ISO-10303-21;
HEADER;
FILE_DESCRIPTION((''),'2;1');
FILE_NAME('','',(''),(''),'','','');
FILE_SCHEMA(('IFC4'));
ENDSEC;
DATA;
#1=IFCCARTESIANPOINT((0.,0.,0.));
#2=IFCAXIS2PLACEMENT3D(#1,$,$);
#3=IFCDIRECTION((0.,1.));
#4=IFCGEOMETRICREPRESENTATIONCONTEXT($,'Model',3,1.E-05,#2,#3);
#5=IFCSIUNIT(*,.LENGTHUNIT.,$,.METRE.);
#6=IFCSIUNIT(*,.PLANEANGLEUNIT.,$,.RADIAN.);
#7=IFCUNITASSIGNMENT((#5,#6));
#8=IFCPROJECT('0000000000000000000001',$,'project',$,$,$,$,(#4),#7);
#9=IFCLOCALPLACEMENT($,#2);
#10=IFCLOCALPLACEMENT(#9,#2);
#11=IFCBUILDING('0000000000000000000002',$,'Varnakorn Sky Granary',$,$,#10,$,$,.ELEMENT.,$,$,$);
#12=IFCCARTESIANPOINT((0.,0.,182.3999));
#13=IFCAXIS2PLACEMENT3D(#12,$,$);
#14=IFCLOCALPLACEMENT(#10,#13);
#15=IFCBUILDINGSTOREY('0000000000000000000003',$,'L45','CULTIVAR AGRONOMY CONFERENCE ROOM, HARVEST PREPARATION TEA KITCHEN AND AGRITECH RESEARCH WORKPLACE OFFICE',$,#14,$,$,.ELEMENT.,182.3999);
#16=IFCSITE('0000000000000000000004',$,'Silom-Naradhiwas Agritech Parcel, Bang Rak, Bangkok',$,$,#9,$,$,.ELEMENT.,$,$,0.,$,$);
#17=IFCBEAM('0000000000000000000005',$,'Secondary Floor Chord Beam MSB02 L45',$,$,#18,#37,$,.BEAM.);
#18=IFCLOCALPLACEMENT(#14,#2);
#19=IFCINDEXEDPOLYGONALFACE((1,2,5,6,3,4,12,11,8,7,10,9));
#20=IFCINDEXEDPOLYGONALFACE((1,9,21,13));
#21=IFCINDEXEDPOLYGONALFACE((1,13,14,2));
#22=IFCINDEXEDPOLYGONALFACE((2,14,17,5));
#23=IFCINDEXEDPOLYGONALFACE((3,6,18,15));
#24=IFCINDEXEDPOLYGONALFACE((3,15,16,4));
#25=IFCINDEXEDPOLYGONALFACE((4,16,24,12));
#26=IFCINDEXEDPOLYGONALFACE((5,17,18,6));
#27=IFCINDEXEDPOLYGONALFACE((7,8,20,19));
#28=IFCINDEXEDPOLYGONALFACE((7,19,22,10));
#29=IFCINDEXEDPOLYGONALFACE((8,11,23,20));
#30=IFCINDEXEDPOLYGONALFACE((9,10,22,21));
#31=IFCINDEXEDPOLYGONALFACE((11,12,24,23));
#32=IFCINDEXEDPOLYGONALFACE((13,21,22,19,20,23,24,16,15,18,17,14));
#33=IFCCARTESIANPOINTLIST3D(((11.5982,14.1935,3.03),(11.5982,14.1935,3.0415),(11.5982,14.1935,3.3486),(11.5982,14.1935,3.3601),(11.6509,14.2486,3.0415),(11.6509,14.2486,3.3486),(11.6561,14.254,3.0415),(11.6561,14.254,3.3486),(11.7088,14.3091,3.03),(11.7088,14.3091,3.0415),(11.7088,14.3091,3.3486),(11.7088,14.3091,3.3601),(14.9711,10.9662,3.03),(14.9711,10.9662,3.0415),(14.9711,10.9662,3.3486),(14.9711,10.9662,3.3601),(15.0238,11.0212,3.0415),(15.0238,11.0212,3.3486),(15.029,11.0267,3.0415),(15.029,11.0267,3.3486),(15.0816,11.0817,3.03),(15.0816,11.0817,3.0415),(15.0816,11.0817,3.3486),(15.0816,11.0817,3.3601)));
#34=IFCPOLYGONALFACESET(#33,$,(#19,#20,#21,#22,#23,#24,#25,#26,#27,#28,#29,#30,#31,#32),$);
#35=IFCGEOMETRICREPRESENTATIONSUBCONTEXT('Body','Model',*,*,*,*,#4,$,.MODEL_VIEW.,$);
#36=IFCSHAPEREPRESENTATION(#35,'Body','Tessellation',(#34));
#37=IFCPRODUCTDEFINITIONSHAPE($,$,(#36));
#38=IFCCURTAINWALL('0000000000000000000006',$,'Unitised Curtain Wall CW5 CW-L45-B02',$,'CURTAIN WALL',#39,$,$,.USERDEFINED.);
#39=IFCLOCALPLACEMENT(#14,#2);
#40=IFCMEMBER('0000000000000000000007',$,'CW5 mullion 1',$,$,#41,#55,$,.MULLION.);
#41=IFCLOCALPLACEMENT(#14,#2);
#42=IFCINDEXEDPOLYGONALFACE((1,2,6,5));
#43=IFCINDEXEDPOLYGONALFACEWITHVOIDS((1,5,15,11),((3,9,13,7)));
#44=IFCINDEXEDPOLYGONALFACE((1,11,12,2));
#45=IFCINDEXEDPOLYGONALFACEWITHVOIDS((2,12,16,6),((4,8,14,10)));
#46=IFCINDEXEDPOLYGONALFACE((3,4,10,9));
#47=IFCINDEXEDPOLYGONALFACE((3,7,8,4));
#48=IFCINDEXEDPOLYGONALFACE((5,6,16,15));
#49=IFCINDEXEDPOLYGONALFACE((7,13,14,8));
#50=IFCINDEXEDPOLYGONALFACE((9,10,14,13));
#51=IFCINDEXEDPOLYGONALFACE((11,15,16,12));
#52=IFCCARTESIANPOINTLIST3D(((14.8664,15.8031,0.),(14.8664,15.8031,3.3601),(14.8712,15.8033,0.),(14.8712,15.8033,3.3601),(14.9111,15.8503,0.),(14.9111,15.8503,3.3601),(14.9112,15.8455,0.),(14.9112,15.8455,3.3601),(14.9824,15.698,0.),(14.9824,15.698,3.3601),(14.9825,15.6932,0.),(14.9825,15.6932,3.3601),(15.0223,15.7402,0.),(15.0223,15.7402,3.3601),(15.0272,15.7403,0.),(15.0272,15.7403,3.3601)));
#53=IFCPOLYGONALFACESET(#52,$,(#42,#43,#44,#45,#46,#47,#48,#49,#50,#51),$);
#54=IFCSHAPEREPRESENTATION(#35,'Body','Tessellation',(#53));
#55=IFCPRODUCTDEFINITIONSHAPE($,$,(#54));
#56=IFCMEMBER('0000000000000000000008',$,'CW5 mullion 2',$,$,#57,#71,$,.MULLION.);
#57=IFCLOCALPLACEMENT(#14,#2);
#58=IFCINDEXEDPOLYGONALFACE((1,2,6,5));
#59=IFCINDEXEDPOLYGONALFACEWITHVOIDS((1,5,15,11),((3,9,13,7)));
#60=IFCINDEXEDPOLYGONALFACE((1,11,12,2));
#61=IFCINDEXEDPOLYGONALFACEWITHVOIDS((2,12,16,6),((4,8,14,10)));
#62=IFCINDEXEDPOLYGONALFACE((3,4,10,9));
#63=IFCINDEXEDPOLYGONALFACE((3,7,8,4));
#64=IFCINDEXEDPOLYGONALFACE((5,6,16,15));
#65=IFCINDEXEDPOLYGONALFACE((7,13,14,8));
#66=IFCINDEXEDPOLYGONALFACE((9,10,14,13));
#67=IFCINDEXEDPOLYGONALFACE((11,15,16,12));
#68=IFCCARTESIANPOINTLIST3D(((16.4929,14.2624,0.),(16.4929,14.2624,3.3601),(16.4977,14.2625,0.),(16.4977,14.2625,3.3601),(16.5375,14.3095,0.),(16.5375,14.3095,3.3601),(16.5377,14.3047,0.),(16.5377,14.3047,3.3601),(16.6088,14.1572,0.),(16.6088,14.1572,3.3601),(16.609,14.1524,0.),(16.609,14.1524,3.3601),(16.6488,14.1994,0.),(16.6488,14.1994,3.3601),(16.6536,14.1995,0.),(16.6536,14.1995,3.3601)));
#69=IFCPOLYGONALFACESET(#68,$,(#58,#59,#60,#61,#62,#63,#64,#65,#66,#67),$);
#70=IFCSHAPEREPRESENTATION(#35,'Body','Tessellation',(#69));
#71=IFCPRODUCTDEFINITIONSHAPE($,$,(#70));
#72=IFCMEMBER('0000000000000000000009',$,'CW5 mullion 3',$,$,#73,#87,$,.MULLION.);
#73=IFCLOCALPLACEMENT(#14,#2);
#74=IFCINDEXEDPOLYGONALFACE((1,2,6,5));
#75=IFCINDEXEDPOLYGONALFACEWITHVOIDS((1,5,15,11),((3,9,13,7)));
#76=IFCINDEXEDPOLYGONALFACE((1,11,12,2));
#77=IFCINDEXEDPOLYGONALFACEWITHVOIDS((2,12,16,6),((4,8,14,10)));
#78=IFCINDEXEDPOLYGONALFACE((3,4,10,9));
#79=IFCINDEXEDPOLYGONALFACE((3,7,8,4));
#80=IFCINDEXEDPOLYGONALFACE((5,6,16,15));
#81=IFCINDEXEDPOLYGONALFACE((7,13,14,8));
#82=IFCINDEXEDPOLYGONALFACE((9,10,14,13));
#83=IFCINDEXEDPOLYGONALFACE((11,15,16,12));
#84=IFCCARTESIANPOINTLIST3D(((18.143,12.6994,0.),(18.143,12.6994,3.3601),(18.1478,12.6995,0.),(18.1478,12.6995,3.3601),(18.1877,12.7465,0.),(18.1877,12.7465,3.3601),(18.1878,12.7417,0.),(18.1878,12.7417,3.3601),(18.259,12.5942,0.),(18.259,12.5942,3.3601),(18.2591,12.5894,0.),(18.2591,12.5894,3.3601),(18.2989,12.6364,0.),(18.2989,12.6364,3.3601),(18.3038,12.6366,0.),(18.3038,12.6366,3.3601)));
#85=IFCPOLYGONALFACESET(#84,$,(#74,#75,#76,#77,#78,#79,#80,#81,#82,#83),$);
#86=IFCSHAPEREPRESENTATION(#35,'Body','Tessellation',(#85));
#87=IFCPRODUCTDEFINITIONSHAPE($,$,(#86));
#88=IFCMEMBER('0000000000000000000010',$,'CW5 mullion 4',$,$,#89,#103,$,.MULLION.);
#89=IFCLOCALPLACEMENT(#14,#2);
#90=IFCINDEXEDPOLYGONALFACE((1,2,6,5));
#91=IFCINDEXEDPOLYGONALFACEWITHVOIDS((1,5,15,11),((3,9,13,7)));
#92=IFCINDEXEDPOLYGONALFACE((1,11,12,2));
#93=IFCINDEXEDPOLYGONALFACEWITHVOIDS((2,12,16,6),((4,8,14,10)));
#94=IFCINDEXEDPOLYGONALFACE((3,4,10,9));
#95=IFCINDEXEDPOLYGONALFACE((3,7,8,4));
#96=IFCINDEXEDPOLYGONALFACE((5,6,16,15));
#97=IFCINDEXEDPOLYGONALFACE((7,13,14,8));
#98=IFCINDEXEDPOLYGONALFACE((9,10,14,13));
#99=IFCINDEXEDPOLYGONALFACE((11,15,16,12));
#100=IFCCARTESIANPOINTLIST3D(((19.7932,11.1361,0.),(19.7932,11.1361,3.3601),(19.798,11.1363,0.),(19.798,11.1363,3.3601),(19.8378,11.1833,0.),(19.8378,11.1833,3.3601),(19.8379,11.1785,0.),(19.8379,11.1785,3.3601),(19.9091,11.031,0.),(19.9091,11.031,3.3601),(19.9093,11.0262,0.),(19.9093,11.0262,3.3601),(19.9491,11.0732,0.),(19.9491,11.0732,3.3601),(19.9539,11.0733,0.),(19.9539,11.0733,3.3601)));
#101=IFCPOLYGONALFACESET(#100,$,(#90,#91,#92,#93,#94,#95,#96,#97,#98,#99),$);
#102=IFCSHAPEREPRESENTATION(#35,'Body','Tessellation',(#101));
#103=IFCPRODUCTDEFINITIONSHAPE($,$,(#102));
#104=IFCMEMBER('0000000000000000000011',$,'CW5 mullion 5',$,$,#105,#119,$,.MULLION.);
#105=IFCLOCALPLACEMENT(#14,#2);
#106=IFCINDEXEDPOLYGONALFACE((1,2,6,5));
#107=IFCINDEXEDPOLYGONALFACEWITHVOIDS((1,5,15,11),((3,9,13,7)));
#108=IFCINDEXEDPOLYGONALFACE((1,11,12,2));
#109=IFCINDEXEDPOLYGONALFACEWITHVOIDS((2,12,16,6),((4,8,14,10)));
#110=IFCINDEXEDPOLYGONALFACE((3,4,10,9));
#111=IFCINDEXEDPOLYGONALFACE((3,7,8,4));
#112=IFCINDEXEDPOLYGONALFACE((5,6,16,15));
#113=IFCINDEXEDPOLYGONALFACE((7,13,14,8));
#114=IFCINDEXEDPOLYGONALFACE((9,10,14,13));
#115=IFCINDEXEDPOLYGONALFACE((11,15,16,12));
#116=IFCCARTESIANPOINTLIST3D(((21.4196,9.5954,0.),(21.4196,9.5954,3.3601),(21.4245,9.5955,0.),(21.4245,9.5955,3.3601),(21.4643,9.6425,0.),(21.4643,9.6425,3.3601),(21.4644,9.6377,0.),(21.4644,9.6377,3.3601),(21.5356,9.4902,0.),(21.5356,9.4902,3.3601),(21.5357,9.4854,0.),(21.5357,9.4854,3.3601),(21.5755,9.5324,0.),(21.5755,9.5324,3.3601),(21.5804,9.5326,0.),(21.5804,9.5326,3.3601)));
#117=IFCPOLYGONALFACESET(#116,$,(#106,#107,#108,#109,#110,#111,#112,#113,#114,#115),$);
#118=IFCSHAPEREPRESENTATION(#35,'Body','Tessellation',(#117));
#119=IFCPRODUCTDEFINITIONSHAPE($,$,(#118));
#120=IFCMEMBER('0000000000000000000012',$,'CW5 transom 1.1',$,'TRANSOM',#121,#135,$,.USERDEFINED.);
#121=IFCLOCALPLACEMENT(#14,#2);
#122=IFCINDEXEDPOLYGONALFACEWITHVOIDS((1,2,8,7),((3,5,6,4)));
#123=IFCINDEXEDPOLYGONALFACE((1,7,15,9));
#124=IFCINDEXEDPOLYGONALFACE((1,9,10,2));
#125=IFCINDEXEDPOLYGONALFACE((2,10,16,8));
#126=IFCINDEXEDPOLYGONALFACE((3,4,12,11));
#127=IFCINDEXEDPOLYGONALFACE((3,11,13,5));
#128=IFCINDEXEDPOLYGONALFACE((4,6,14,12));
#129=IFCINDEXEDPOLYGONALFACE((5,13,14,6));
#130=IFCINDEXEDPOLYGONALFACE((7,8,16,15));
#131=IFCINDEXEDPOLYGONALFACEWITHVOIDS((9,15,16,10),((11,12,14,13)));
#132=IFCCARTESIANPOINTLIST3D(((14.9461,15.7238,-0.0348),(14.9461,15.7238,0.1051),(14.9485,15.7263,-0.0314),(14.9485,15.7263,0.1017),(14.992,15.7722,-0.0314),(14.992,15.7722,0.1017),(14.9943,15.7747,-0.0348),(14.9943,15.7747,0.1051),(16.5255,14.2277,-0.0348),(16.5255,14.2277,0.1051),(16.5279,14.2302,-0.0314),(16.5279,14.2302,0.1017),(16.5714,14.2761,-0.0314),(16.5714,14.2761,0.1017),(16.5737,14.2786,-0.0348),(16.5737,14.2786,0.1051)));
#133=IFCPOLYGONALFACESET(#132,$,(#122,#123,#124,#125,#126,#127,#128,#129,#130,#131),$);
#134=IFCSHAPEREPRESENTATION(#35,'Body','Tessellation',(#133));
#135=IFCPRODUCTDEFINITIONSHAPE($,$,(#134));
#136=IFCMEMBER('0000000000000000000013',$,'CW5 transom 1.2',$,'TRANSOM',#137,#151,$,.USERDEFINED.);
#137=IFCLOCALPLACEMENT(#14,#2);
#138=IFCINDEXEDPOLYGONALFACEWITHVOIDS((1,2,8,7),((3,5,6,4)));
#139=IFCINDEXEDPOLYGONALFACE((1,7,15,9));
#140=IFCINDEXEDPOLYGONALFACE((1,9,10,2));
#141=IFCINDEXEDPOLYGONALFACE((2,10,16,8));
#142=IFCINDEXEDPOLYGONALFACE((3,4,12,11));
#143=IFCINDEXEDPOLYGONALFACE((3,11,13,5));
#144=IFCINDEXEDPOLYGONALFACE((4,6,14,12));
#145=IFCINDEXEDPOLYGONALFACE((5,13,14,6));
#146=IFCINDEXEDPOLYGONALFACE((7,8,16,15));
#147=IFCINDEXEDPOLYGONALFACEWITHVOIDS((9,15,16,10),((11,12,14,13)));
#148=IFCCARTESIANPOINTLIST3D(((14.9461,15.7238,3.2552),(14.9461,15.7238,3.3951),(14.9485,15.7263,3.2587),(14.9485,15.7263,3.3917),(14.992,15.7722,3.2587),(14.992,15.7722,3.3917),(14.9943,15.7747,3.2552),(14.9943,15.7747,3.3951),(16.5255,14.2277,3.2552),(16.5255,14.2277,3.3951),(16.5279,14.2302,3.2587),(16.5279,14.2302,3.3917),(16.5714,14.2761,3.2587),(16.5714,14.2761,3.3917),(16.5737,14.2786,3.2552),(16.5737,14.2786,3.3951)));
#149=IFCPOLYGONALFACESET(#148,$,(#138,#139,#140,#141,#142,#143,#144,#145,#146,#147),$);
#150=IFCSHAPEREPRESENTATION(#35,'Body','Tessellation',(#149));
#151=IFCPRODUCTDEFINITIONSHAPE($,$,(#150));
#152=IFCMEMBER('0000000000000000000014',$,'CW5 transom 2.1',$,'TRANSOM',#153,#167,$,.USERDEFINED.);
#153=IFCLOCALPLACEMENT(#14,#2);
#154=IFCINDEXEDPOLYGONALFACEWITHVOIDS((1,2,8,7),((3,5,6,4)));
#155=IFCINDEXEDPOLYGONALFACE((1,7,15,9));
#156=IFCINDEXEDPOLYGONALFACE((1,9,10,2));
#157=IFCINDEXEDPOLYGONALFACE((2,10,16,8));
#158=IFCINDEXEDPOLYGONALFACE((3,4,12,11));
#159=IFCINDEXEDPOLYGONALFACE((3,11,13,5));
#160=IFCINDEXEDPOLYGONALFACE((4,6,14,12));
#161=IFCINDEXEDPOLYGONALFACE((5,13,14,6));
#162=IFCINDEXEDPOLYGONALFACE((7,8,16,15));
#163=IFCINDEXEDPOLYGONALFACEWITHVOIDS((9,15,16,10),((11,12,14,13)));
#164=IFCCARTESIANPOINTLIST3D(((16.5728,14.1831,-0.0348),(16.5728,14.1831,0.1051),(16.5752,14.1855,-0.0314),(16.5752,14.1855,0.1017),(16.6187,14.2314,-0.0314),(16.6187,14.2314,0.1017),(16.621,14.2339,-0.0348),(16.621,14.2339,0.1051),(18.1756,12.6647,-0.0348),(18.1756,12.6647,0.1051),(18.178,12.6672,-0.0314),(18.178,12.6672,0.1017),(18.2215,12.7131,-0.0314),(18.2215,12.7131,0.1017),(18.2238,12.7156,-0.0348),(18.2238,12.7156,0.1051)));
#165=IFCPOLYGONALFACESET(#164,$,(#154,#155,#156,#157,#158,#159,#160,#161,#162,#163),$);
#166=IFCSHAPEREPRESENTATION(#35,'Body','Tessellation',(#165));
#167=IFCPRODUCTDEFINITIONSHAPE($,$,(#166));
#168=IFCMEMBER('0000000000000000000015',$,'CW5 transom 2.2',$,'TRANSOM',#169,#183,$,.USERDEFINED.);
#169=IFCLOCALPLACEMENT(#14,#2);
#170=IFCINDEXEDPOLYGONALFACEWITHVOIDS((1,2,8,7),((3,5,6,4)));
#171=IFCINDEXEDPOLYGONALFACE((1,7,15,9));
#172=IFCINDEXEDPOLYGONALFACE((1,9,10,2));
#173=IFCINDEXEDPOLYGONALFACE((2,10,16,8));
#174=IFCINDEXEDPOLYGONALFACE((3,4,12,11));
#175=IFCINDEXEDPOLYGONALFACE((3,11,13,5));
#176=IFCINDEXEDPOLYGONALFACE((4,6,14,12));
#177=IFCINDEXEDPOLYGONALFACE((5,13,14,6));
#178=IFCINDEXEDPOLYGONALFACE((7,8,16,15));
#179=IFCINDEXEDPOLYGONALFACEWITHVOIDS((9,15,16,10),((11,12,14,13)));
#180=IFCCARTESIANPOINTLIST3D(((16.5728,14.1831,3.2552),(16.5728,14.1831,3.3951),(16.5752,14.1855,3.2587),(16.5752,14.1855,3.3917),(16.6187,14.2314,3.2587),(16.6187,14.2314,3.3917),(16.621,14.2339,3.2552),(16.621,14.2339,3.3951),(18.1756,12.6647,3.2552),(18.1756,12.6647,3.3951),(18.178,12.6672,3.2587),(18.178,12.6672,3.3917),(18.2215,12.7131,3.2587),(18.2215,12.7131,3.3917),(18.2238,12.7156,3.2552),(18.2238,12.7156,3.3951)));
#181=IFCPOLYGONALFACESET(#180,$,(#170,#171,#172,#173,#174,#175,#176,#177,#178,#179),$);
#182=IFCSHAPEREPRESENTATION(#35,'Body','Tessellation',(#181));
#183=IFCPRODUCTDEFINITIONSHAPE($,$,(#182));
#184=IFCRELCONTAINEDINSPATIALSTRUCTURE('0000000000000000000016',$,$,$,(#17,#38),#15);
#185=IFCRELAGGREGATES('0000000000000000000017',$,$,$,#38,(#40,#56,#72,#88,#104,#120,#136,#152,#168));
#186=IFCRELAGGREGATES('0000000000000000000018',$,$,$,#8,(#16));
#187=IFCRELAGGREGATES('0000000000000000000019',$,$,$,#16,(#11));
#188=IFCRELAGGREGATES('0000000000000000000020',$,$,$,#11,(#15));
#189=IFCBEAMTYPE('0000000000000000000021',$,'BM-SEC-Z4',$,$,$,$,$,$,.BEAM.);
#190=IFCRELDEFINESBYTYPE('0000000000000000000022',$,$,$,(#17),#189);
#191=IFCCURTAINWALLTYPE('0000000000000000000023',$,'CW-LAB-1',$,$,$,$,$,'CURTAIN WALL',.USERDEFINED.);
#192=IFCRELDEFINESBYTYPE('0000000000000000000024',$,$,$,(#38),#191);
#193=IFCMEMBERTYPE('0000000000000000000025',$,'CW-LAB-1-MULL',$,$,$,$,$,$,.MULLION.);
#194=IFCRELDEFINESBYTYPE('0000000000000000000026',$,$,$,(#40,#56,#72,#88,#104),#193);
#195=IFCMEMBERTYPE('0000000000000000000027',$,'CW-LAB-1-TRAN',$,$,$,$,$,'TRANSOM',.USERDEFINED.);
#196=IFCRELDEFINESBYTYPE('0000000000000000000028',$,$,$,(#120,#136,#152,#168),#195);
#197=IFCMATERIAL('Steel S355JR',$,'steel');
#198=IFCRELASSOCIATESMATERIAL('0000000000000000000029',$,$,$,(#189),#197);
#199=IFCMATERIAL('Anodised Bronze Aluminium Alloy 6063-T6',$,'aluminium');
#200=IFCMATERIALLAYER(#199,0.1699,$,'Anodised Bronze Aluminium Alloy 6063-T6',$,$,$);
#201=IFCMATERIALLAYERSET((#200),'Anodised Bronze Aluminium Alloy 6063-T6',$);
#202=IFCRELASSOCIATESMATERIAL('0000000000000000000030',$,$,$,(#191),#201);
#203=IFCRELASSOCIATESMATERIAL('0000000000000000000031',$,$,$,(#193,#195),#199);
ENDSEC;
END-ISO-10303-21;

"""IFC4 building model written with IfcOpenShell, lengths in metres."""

from ifc_helpers import new_model, si_unit, direction, frame, origin, origin_2d, place, context, subcontext, project, spatial, hollow_rectangle, i_section, extrude, material, layer, layer_set, material_profile, profile_set, type_object, element, aggregate, save


model = new_model("IFC4")

# Units and contexts
model_context = context("Model", 3, precision=1e-05, world=origin(), true_north=direction((0.0, 1.0)))
body_context = subcontext(model_context, "Body", "Model", "MODEL_VIEW")
ifc_project = project(units=[si_unit("LENGTHUNIT", "METRE"), si_unit("PLANEANGLEUNIT", "RADIAN")], contexts=[model_context])

# Site, building, storey
site_placement = place(None, origin())
site = spatial("IfcSite", under=ifc_project, at=site_placement, Name="Silom-Naradhiwas Agritech Parcel, Bang Rak, Bangkok", CompositionType="ELEMENT", RefElevation=0.0)
building_placement = place(site_placement, origin())
building = spatial("IfcBuilding", under=site, at=building_placement, Name="Varnakorn Sky Granary", CompositionType="ELEMENT")
storey_placement = place(building_placement, frame((0.0, 0.0, 182.3999)))
storey = spatial("IfcBuildingStorey", under=building, at=storey_placement, Name="L45", Description="CULTIVAR AGRONOMY CONFERENCE ROOM, HARVEST PREPARATION TEA KITCHEN AND AGRITECH RESEARCH WORKPLACE OFFICE", CompositionType="ELEMENT", Elevation=182.3999)

# Beam
ifc_material_1 = material(Name="Steel S355JR", Category="steel")
ifc_material_profile_1 = material_profile(ifc_material_1, i_section(OverallWidth=0.1599, OverallDepth=0.3301, WebThickness=0.0076, FlangeThickness=0.0115, at=origin_2d()), Name="IPE 330")
ifc_profile_set_1 = profile_set([ifc_material_profile_1], Name="Steel S355JR")
beam_type = type_object("IfcBeamType", Name="BM-SEC-Z4", PredefinedType="BEAM", material=ifc_profile_set_1)
beam_placement = place(storey_placement, frame((15.0264, 11.0239, 3.1951), z_axis=(-0.72252, 0.69135, 0.0), x_axis=(-0.69135, -0.72252, 0.0)))
element("IfcBeam", 1, at=beam_placement, inside=storey, type_object=beam_type, Name="Secondary Floor Chord Beam MSB02 L45", PredefinedType="BEAM", context=body_context, shape_type="SweptSolid", body=[
    extrude(i_section(OverallWidth=0.1599, OverallDepth=0.3301, WebThickness=0.0076, FlangeThickness=0.0115, at=origin_2d()), origin(), (0.0, 0.0, 1.0), 4.6682),
])

# Curtain wall, members
ifc_material_2 = material(Name="Anodised Bronze Aluminium Alloy 6063-T6", Category="aluminium")
ifc_layer_1 = layer(ifc_material_2, 0.1699, Name="Anodised Bronze Aluminium Alloy 6063-T6")
ifc_layer_set_1 = layer_set([ifc_layer_1], Name="Anodised Bronze Aluminium Alloy 6063-T6")
curtain_wall_type = type_object("IfcCurtainWallType", Name="CW-LAB-1", ElementType="CURTAIN WALL", PredefinedType="USERDEFINED", material=ifc_layer_set_1)
curtain_wall_placement = place(storey_placement, origin())
curtain_wall = element("IfcCurtainWall", 2, at=curtain_wall_placement, inside=storey, type_object=curtain_wall_type, Name="Unitised Curtain Wall CW5 CW-L45-B02", ObjectType="CURTAIN WALL", PredefinedType="USERDEFINED")
ifc_material_profile_2 = material_profile(ifc_material_2, hollow_rectangle(XDim=0.0649, YDim=0.1599, WallThickness=0.0034, at=origin_2d()), Name="ALU MULL 65x160")
ifc_profile_set_2 = profile_set([ifc_material_profile_2], Name="Anodised Bronze Aluminium Alloy 6063-T6")
member_type_1 = type_object("IfcMemberType", Name="CW-LAB-1-MULL", PredefinedType="MULLION", material=ifc_profile_set_2)
member_1_placement = place(storey_placement, frame((14.9468, 15.7717, 0.0), z_axis=(0.0, 0.0, 1.0), x_axis=(0.687692, 0.726002, 0.0)))
member_1 = element("IfcMember", 3, at=member_1_placement, type_object=member_type_1, Name="CW5 mullion 1", PredefinedType="MULLION", context=body_context, shape_type="SweptSolid", body=[
    extrude(hollow_rectangle(XDim=0.0649, YDim=0.1599, WallThickness=0.0034, at=origin_2d()), origin(), (0.0, 0.0, 1.0), 3.3601),
])
member_2_placement = place(storey_placement, frame((16.5732, 14.231, 0.0), z_axis=(0.0, 0.0, 1.0), x_axis=(0.687692, 0.726002, 0.0)))
member_2 = element("IfcMember", 4, at=member_2_placement, type_object=member_type_1, Name="CW5 mullion 2", PredefinedType="MULLION", context=body_context, shape_type="SweptSolid", body=[
    extrude(hollow_rectangle(XDim=0.0649, YDim=0.1599, WallThickness=0.0034, at=origin_2d()), origin(), (0.0, 0.0, 1.0), 3.3601),
])
member_3_placement = place(storey_placement, frame((18.2234, 12.668, 0.0), z_axis=(0.0, 0.0, 1.0), x_axis=(0.687692, 0.726002, 0.0)))
member_3 = element("IfcMember", 5, at=member_3_placement, type_object=member_type_1, Name="CW5 mullion 3", PredefinedType="MULLION", context=body_context, shape_type="SweptSolid", body=[
    extrude(hollow_rectangle(XDim=0.0649, YDim=0.1599, WallThickness=0.0034, at=origin_2d()), origin(), (0.0, 0.0, 1.0), 3.3601),
])
member_4_placement = place(storey_placement, frame((19.8735, 11.1047, 0.0), z_axis=(0.0, 0.0, 1.0), x_axis=(0.687692, 0.726002, 0.0)))
member_4 = element("IfcMember", 6, at=member_4_placement, type_object=member_type_1, Name="CW5 mullion 4", PredefinedType="MULLION", context=body_context, shape_type="SweptSolid", body=[
    extrude(hollow_rectangle(XDim=0.0649, YDim=0.1599, WallThickness=0.0034, at=origin_2d()), origin(), (0.0, 0.0, 1.0), 3.3601),
])
member_5_placement = place(storey_placement, frame((21.5, 9.564, 0.0), z_axis=(0.0, 0.0, 1.0), x_axis=(0.687692, 0.726002, 0.0)))
member_5 = element("IfcMember", 7, at=member_5_placement, type_object=member_type_1, Name="CW5 mullion 5", PredefinedType="MULLION", context=body_context, shape_type="SweptSolid", body=[
    extrude(hollow_rectangle(XDim=0.0649, YDim=0.1599, WallThickness=0.0034, at=origin_2d()), origin(), (0.0, 0.0, 1.0), 3.3601),
])
ifc_material_profile_3 = material_profile(ifc_material_2, hollow_rectangle(XDim=0.0701, YDim=0.1399, WallThickness=0.0034, at=origin_2d()), Name="ALU TRAN 70x140")
ifc_profile_set_3 = profile_set([ifc_material_profile_3], Name="Anodised Bronze Aluminium Alloy 6063-T6")
member_type_2 = type_object("IfcMemberType", Name="CW-LAB-1-TRAN", ElementType="TRANSOM", PredefinedType="USERDEFINED", material=ifc_profile_set_3)
member_6_placement = place(storey_placement, frame((14.9702, 15.7493, 0.0352), z_axis=(0.725982, -0.687714, 0.0), x_axis=(0.687714, 0.725982, 0.0)))
member_6 = element("IfcMember", 8, at=member_6_placement, type_object=member_type_2, Name="CW5 transom 1.1", ObjectType="TRANSOM", PredefinedType="USERDEFINED", context=body_context, shape_type="SweptSolid", body=[
    extrude(hollow_rectangle(XDim=0.0701, YDim=0.1399, WallThickness=0.0034, at=origin_2d()), origin(), (0.0, 0.0, 1.0), 2.1755),
])
member_7_placement = place(storey_placement, frame((14.9702, 15.7493, 3.3252), z_axis=(0.725982, -0.687714, 0.0), x_axis=(0.687714, 0.725982, 0.0)))
member_7 = element("IfcMember", 9, at=member_7_placement, type_object=member_type_2, Name="CW5 transom 1.2", ObjectType="TRANSOM", PredefinedType="USERDEFINED", context=body_context, shape_type="SweptSolid", body=[
    extrude(hollow_rectangle(XDim=0.0701, YDim=0.1399, WallThickness=0.0034, at=origin_2d()), origin(), (0.0, 0.0, 1.0), 2.1755),
])
member_8_placement = place(storey_placement, frame((16.5969, 14.2085, 0.0352), z_axis=(0.725979, -0.687717, 0.0), x_axis=(0.687717, 0.725979, 0.0)))
member_8 = element("IfcMember", 10, at=member_8_placement, type_object=member_type_2, Name="CW5 transom 2.1", ObjectType="TRANSOM", PredefinedType="USERDEFINED", context=body_context, shape_type="SweptSolid", body=[
    extrude(hollow_rectangle(XDim=0.0701, YDim=0.1399, WallThickness=0.0034, at=origin_2d()), origin(), (0.0, 0.0, 1.0), 2.2078),
])
member_9_placement = place(storey_placement, frame((16.5969, 14.2085, 3.3252), z_axis=(0.725979, -0.687717, 0.0), x_axis=(0.687717, 0.725979, 0.0)))
member_9 = element("IfcMember", 11, at=member_9_placement, type_object=member_type_2, Name="CW5 transom 2.2", ObjectType="TRANSOM", PredefinedType="USERDEFINED", context=body_context, shape_type="SweptSolid", body=[
    extrude(hollow_rectangle(XDim=0.0701, YDim=0.1399, WallThickness=0.0034, at=origin_2d()), origin(), (0.0, 0.0, 1.0), 2.2078),
])

aggregate(curtain_wall, [member_1, member_2, member_3, member_4, member_5, member_6, member_7, member_8, member_9])

save(model, "model.ifc")
